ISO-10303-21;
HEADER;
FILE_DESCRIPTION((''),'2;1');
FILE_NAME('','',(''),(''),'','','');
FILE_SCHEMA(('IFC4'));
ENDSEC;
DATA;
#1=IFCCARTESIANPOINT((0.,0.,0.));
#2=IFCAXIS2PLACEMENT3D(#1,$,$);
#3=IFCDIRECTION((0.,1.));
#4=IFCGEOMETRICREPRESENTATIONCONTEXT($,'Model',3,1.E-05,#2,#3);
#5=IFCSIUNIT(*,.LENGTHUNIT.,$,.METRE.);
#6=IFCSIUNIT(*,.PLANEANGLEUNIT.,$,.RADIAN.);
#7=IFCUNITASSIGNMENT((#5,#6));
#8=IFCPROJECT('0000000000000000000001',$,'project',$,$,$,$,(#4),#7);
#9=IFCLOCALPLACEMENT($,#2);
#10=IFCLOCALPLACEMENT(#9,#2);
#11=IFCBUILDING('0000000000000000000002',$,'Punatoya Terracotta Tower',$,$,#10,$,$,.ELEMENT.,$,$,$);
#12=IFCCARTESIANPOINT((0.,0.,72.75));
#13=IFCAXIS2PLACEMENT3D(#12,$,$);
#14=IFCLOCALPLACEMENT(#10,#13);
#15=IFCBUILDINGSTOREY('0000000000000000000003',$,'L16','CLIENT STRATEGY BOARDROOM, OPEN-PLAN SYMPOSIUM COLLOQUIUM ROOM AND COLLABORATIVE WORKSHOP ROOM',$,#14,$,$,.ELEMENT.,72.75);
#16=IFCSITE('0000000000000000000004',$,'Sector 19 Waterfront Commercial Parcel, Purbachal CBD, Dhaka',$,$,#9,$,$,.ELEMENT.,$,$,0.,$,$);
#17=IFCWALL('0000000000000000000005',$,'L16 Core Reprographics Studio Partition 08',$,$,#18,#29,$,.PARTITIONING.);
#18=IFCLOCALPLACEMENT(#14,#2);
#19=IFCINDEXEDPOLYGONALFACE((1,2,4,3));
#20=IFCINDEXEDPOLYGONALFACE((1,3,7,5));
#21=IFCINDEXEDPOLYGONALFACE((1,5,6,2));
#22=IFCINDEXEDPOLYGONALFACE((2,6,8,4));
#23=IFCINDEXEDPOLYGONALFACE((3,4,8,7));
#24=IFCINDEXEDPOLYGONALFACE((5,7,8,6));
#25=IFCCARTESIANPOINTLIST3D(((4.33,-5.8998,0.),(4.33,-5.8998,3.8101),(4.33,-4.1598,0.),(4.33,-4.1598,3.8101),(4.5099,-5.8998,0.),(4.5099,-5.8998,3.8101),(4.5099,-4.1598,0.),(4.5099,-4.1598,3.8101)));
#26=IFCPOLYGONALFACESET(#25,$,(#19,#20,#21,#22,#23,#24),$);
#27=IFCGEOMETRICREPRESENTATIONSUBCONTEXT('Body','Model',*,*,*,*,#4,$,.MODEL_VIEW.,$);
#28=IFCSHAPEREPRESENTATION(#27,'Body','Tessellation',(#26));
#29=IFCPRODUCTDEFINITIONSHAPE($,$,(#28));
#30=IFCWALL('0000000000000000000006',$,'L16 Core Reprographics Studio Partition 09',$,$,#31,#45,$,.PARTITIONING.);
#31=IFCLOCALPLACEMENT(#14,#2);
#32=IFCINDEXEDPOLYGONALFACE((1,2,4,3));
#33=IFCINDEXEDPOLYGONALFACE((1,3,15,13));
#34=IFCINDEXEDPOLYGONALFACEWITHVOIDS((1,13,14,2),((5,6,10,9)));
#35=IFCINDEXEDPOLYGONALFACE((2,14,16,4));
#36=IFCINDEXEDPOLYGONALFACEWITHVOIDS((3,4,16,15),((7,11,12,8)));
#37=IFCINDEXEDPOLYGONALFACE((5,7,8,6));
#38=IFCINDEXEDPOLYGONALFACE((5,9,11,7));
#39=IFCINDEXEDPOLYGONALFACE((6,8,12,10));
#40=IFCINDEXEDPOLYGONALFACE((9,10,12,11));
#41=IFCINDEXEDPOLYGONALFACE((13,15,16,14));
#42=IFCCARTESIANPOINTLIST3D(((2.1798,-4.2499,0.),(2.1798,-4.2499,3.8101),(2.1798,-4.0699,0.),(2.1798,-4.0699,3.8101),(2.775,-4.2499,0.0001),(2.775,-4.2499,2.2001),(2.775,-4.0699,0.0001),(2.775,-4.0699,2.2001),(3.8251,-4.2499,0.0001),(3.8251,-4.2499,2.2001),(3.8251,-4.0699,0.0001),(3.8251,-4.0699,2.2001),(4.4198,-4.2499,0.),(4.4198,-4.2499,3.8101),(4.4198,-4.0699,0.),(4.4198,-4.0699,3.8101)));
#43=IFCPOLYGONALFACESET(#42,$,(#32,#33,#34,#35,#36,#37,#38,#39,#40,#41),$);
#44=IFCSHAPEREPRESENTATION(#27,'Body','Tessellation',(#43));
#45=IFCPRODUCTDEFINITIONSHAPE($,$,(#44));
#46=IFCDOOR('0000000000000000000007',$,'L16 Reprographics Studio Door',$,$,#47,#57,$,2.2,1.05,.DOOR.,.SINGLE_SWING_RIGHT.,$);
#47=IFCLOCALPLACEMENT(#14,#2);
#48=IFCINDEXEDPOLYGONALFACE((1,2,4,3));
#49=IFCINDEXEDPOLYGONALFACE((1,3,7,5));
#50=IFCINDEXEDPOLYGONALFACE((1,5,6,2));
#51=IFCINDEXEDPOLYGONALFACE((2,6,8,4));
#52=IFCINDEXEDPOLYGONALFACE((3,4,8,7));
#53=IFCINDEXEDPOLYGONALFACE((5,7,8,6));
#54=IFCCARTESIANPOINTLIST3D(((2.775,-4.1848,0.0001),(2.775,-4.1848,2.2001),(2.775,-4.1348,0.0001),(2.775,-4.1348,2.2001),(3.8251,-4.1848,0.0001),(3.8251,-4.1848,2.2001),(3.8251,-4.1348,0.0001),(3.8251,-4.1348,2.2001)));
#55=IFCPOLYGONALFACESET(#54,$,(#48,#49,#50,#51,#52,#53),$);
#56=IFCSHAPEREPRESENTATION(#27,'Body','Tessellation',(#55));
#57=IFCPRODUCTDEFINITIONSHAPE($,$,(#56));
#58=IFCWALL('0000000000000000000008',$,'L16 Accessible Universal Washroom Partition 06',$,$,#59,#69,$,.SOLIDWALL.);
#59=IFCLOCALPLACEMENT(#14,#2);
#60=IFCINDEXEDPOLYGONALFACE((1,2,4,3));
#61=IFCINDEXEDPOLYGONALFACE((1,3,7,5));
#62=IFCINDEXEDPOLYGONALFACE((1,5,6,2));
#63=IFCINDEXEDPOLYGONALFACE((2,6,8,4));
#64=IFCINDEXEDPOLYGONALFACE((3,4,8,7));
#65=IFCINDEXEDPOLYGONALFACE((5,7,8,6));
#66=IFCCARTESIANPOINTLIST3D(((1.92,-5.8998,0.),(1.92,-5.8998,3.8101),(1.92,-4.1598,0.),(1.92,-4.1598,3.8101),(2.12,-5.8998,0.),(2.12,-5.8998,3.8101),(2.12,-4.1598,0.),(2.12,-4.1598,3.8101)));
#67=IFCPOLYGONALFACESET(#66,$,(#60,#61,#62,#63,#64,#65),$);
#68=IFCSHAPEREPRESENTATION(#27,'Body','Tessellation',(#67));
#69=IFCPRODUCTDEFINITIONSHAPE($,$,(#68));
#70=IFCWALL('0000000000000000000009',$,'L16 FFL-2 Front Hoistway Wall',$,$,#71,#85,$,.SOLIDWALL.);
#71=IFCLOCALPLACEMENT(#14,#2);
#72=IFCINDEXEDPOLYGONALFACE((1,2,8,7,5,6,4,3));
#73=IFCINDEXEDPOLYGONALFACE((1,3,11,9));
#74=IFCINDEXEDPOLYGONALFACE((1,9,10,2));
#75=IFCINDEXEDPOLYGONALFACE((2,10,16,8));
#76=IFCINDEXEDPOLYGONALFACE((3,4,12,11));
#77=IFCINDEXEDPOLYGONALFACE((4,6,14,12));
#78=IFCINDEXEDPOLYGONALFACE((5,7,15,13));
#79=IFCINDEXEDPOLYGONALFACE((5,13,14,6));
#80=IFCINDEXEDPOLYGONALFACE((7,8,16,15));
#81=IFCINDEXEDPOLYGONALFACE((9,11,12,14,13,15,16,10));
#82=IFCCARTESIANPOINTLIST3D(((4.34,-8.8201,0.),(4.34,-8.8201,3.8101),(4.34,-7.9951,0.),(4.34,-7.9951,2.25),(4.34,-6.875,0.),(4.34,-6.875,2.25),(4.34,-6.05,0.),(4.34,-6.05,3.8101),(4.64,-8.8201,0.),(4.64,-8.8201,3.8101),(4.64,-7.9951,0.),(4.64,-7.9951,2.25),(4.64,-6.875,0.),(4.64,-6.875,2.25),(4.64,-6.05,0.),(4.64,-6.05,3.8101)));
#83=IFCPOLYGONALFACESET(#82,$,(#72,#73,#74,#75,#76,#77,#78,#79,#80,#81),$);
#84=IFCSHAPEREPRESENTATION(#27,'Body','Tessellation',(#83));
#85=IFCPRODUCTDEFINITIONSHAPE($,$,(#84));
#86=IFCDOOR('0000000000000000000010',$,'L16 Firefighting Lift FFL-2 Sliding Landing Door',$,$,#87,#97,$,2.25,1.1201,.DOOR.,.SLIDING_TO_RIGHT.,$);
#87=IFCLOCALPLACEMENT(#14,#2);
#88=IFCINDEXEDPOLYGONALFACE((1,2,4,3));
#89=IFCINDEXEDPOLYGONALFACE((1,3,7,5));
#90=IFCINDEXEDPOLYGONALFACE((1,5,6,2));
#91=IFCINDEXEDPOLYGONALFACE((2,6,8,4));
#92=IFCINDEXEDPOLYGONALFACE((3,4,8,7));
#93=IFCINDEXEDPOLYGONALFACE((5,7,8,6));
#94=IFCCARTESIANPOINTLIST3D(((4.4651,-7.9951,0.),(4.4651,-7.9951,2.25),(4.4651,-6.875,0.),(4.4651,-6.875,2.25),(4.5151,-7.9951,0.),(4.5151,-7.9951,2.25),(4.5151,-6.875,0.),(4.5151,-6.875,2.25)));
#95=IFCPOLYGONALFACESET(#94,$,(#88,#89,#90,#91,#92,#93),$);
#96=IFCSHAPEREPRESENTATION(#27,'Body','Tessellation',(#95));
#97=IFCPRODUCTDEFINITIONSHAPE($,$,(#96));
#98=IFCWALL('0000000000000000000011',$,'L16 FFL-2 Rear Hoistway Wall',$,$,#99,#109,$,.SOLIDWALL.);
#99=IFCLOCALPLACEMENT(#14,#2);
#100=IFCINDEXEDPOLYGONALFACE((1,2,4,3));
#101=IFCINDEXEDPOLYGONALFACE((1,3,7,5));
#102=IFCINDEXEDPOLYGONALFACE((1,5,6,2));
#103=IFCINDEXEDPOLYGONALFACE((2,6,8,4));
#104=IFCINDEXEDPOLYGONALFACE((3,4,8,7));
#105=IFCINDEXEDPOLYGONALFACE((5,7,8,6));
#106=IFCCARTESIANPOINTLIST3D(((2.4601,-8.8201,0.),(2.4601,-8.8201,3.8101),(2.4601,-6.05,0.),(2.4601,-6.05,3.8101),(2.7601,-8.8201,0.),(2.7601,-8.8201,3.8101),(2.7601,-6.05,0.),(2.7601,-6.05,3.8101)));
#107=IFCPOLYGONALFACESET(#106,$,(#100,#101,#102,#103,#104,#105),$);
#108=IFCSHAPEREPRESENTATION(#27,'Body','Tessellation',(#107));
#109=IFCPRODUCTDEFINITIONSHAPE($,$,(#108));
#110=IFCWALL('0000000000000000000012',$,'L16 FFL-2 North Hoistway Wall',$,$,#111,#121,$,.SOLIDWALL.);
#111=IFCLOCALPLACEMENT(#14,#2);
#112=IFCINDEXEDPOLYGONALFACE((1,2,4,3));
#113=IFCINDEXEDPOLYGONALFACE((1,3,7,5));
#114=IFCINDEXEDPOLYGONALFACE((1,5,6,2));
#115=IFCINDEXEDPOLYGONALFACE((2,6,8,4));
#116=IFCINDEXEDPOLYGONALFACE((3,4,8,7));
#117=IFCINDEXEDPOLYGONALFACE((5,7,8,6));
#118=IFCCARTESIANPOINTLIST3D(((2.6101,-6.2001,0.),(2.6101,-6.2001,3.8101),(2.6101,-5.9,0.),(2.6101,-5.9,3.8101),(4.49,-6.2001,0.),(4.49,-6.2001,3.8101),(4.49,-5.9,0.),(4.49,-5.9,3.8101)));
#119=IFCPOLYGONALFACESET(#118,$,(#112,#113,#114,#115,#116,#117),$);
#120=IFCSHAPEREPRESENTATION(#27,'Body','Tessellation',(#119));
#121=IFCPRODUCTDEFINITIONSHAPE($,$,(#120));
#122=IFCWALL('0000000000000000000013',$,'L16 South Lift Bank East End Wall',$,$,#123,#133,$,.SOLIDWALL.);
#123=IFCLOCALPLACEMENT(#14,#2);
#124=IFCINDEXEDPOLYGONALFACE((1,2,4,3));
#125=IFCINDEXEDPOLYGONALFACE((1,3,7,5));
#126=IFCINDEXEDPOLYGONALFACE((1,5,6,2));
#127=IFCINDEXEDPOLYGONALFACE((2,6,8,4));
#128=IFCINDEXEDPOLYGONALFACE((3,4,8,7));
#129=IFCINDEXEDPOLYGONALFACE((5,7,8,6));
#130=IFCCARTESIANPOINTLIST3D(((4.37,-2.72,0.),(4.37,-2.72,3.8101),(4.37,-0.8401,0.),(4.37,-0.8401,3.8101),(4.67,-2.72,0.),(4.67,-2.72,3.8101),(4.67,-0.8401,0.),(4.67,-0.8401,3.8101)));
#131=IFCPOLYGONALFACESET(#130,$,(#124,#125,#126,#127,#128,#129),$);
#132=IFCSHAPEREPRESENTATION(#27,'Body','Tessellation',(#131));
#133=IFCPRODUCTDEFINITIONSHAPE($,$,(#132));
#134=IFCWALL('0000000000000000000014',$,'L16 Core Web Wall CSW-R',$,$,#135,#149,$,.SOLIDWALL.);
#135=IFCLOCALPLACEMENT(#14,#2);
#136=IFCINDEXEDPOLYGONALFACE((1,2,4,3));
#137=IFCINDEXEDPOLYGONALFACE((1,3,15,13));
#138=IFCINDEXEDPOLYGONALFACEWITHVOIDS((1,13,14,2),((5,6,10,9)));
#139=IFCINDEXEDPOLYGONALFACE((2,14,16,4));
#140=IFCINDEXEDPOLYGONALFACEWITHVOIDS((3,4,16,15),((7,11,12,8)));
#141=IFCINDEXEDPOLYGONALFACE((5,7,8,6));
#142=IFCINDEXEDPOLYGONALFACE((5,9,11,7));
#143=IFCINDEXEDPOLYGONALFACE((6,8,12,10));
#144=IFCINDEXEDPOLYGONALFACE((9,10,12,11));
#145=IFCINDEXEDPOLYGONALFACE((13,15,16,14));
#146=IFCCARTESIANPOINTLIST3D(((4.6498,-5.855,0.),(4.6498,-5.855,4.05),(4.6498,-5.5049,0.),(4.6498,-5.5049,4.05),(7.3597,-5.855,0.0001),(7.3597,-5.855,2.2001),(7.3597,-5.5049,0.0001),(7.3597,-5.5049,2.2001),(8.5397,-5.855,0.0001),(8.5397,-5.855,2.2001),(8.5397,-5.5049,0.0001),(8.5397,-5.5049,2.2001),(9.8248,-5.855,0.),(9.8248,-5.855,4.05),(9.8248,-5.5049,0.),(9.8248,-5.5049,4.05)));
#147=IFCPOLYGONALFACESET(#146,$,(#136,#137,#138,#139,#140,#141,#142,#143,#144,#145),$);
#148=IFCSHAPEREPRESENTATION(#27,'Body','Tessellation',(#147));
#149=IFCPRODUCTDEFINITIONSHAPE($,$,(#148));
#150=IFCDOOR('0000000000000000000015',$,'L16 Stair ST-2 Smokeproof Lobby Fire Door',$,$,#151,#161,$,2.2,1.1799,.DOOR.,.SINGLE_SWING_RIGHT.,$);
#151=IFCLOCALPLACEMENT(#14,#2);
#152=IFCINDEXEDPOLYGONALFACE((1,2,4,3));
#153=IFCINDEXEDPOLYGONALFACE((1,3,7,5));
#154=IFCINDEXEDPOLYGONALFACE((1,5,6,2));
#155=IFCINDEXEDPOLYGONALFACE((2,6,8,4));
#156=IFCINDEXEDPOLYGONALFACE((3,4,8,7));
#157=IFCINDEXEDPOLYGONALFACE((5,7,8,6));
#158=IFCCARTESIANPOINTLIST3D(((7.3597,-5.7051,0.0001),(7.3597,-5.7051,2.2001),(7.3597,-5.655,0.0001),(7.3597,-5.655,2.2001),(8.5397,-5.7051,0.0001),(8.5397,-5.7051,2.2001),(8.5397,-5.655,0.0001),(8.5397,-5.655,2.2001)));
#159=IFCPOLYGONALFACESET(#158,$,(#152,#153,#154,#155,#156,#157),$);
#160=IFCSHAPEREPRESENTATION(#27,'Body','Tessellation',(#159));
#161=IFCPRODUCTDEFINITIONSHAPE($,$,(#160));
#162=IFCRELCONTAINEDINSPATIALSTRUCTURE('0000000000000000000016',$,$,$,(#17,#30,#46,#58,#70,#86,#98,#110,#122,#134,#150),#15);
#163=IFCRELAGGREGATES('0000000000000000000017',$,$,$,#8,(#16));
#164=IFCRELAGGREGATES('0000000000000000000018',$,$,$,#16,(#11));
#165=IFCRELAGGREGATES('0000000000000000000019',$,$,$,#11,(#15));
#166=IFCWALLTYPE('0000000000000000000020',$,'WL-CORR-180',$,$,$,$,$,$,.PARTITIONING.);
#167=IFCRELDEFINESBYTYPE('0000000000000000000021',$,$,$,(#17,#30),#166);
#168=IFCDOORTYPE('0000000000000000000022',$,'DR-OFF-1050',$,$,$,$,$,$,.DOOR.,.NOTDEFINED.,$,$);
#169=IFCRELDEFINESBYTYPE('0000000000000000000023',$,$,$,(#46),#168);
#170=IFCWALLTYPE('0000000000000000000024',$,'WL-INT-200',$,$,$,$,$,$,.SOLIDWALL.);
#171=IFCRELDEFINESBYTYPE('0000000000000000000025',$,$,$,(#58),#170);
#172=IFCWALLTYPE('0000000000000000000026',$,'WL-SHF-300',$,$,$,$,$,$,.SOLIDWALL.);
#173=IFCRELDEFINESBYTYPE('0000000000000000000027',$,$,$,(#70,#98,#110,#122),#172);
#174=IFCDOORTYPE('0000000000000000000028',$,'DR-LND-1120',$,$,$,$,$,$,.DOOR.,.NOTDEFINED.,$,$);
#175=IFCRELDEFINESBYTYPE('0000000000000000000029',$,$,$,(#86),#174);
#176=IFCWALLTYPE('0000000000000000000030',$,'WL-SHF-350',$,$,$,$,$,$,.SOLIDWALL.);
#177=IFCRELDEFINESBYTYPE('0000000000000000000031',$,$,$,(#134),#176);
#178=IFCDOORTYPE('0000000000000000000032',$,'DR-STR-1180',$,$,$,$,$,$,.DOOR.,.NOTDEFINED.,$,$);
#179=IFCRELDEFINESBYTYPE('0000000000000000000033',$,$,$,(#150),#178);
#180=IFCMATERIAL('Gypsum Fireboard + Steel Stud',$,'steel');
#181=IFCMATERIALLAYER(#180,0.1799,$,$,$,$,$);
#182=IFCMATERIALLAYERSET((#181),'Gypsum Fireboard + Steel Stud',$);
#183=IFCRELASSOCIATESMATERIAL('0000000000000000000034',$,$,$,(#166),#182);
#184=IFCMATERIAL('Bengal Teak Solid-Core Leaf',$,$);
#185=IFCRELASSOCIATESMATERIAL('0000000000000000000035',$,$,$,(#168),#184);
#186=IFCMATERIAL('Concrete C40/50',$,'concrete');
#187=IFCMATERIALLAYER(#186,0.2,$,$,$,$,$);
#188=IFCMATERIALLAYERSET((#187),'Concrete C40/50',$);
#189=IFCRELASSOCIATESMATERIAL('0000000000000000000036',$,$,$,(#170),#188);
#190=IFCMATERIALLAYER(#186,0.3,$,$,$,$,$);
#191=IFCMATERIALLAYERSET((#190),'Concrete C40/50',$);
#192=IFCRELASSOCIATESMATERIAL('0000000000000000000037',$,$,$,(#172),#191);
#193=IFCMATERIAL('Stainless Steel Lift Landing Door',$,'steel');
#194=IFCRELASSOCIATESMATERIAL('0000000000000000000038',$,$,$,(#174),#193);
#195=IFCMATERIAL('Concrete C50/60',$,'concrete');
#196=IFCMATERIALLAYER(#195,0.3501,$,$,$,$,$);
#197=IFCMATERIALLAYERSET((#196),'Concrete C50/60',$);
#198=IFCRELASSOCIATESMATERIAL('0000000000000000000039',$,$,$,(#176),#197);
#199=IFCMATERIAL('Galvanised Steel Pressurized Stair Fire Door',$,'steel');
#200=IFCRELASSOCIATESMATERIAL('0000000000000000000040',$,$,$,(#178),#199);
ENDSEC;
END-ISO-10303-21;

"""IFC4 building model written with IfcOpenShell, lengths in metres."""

from ifc_helpers import new_model, si_unit, direction, frame, frame_2d, origin, place, context, subcontext, project, spatial, rectangle, extrude, material, layer, layer_set, type_object, element, fill, save


model = new_model("IFC4")

# Units and contexts
model_context = context("Model", 3, precision=1e-05, world=origin(), true_north=direction((0.0, 1.0)))
body_context = subcontext(model_context, "Body", "Model", "MODEL_VIEW")
ifc_project = project(units=[si_unit("LENGTHUNIT", "METRE"), si_unit("PLANEANGLEUNIT", "RADIAN")], contexts=[model_context])

# Site, building, storey
site_placement = place(None, origin())
site = spatial("IfcSite", under=ifc_project, at=site_placement, Name="Sector 19 Waterfront Commercial Parcel, Purbachal CBD, Dhaka", CompositionType="ELEMENT", RefElevation=0.0)
building_placement = place(site_placement, origin())
building = spatial("IfcBuilding", under=site, at=building_placement, Name="Punatoya Terracotta Tower", CompositionType="ELEMENT")
storey_placement = place(building_placement, frame((0.0, 0.0, 72.75)))
storey = spatial("IfcBuildingStorey", under=building, at=storey_placement, Name="L16", Description="CLIENT STRATEGY BOARDROOM, OPEN-PLAN SYMPOSIUM COLLOQUIUM ROOM AND COLLABORATIVE WORKSHOP ROOM", CompositionType="ELEMENT", Elevation=72.75)

# Wall
ifc_material_1 = material(Name="Gypsum Fireboard + Steel Stud", Category="steel")
ifc_layer_1 = layer(ifc_material_1, 0.1799)
ifc_layer_set_1 = layer_set([ifc_layer_1], Name="Gypsum Fireboard + Steel Stud")
wall_type_1 = type_object("IfcWallType", Name="WL-CORR-180", PredefinedType="PARTITIONING", material=ifc_layer_set_1)
wall_1_placement = place(storey_placement, frame((4.4199, -5.8999, 0.0), z_axis=(0.0, 0.0, 1.0), x_axis=(0.0, 1.0, 0.0)))
element("IfcWall", 1, at=wall_1_placement, inside=storey, type_object=wall_type_1, Name="L16 Core Reprographics Studio Partition 08", PredefinedType="PARTITIONING", context=body_context, shape_type="SweptSolid", body=[
    extrude(rectangle(XDim=1.74, YDim=0.1799, at=frame_2d((0.8701, 0.0))), origin(), (0.0, 0.0, 1.0), 3.8101),
])

# Wall, opening, door
wall_2_placement = place(storey_placement, frame((4.4199, -4.1599, 0.0), z_axis=(0.0, 0.0, 1.0), x_axis=(-1.0, 0.0, 0.0)))
wall_2 = element("IfcWall", 2, at=wall_2_placement, inside=storey, type_object=wall_type_1, Name="L16 Core Reprographics Studio Partition 09", PredefinedType="PARTITIONING", context=body_context, shape_type="SweptSolid", body=[
    extrude(rectangle(XDim=2.24, YDim=0.1799, at=frame_2d((1.1201, 0.0))), origin(), (0.0, 0.0, 1.0), 3.8101),
])
opening_1_placement = place(wall_2_placement, frame((0.595, 0.0, 0.0)))
opening_1 = element("IfcOpeningElement", 3, at=opening_1_placement, cuts=wall_2, PredefinedType="OPENING", context=body_context, shape_type="SweptSolid", body=[
    extrude(rectangle(XDim=1.05, YDim=2.2, at=frame_2d((0.5249, 1.1001))), frame((0.0, 0.0999, 0.0), z_axis=(0.0, -1.0, 0.0), x_axis=(1.0, 0.0, 0.0)), (0.0, 0.0, 1.0), 0.2),
])
ifc_material_2 = material(Name="Bengal Teak Solid-Core Leaf")
door_type_1 = type_object("IfcDoorType", Name="DR-OFF-1050", OperationType="NOTDEFINED", PredefinedType="DOOR", material=ifc_material_2)
door_1_placement = place(opening_1_placement, origin())
door_1 = element("IfcDoor", 4, at=door_1_placement, inside=storey, type_object=door_type_1, Name="L16 Reprographics Studio Door", OperationType="SINGLE_SWING_RIGHT", OverallHeight=2.2, OverallWidth=1.05, PredefinedType="DOOR", context=body_context, shape_type="SweptSolid", body=[
    extrude(rectangle(XDim=1.05, YDim=2.2, at=frame_2d((0.5249, 1.1001))), frame((0.0, 0.0249, 0.0), z_axis=(0.0, -1.0, 0.0), x_axis=(1.0, 0.0, 0.0)), (0.0, 0.0, 1.0), 0.05),
])
fill(opening_1, door_1)

# Wall
ifc_material_3 = material(Name="Concrete C40/50", Category="concrete")
ifc_layer_2 = layer(ifc_material_3, 0.2)
ifc_layer_set_2 = layer_set([ifc_layer_2], Name="Concrete C40/50")
wall_type_2 = type_object("IfcWallType", Name="WL-INT-200", PredefinedType="SOLIDWALL", material=ifc_layer_set_2)
wall_3_placement = place(storey_placement, frame((2.02, -5.8999, 0.0), z_axis=(0.0, 0.0, 1.0), x_axis=(0.0, 1.0, 0.0)))
element("IfcWall", 5, at=wall_3_placement, inside=storey, type_object=wall_type_2, Name="L16 Accessible Universal Washroom Partition 06", PredefinedType="SOLIDWALL", context=body_context, shape_type="SweptSolid", body=[
    extrude(rectangle(XDim=1.74, YDim=0.2, at=frame_2d((0.8701, 0.0))), origin(), (0.0, 0.0, 1.0), 3.8101),
])

# Wall, opening, door
ifc_layer_3 = layer(ifc_material_3, 0.3)
ifc_layer_set_3 = layer_set([ifc_layer_3], Name="Concrete C40/50")
wall_type_3 = type_object("IfcWallType", Name="WL-SHF-300", PredefinedType="SOLIDWALL", material=ifc_layer_set_3)
wall_4_placement = place(storey_placement, frame((4.49, -8.8201, 0.0), z_axis=(0.0, 0.0, 1.0), x_axis=(0.0, 1.0, 0.0)))
wall_4 = element("IfcWall", 6, at=wall_4_placement, inside=storey, type_object=wall_type_3, Name="L16 FFL-2 Front Hoistway Wall", PredefinedType="SOLIDWALL", context=body_context, shape_type="SweptSolid", body=[
    extrude(rectangle(XDim=2.77, YDim=0.3, at=frame_2d((1.385, 0.0))), origin(), (0.0, 0.0, 1.0), 3.8101),
])
opening_2_placement = place(wall_4_placement, frame((0.825, 0.0, 0.0)))
opening_2 = element("IfcOpeningElement", 7, at=opening_2_placement, cuts=wall_4, PredefinedType="OPENING", context=body_context, shape_type="SweptSolid", body=[
    extrude(rectangle(XDim=1.1201, YDim=2.25, at=frame_2d((0.5601, 1.125))), frame((0.0, 0.1599, 0.0), z_axis=(0.0, -1.0, 0.0), x_axis=(1.0, 0.0, 0.0)), (0.0, 0.0, 1.0), 0.3201),
])
ifc_material_4 = material(Name="Stainless Steel Lift Landing Door", Category="steel")
door_type_2 = type_object("IfcDoorType", Name="DR-LND-1120", OperationType="NOTDEFINED", PredefinedType="DOOR", material=ifc_material_4)
door_2_placement = place(opening_2_placement, origin())
door_2 = element("IfcDoor", 8, at=door_2_placement, inside=storey, type_object=door_type_2, Name="L16 Firefighting Lift FFL-2 Sliding Landing Door", OperationType="SLIDING_TO_RIGHT", OverallHeight=2.25, OverallWidth=1.1201, PredefinedType="DOOR", context=body_context, shape_type="SweptSolid", body=[
    extrude(rectangle(XDim=1.1201, YDim=2.25, at=frame_2d((0.5601, 1.125))), frame((0.0, 0.0249, 0.0), z_axis=(0.0, -1.0, 0.0), x_axis=(1.0, 0.0, 0.0)), (0.0, 0.0, 1.0), 0.05),
])
fill(opening_2, door_2)

# Walls
wall_5_placement = place(storey_placement, frame((2.6101, -8.8201, 0.0), z_axis=(0.0, 0.0, 1.0), x_axis=(0.0, 1.0, 0.0)))
element("IfcWall", 9, at=wall_5_placement, inside=storey, type_object=wall_type_3, Name="L16 FFL-2 Rear Hoistway Wall", PredefinedType="SOLIDWALL", context=body_context, shape_type="SweptSolid", body=[
    extrude(rectangle(XDim=2.77, YDim=0.3, at=frame_2d((1.385, 0.0))), origin(), (0.0, 0.0, 1.0), 3.8101),
])
for number, where, z_axis, x_axis, name in (
    (10, (2.6101, -6.05, 0.0), (0.0, 0.0, 1.0), (1.0, 0.0, 0.0), "L16 FFL-2 North Hoistway Wall"),
    (11, (4.52, -2.72, 0.0), (0.0, 0.0, 1.0), (0.0, 1.0, 0.0), "L16 South Lift Bank East End Wall"),
):
    element("IfcWall", number, at=place(storey_placement, frame(where, z_axis=z_axis, x_axis=x_axis)), inside=storey, type_object=wall_type_3, Name=name, PredefinedType="SOLIDWALL", context=body_context, shape_type="SweptSolid", body=[
        extrude(rectangle(XDim=1.8799, YDim=0.3, at=frame_2d((0.9399, 0.0))), origin(), (0.0, 0.0, 1.0), 3.8101),
    ])

# Wall, opening, door
ifc_material_5 = material(Name="Concrete C50/60", Category="concrete")
ifc_layer_4 = layer(ifc_material_5, 0.3501)
ifc_layer_set_4 = layer_set([ifc_layer_4], Name="Concrete C50/60")
wall_type_4 = type_object("IfcWallType", Name="WL-SHF-350", PredefinedType="SOLIDWALL", material=ifc_layer_set_4)
wall_6_placement = place(storey_placement, frame((4.6499, -5.6799, 0.0), z_axis=(0.0, 0.0, 1.0), x_axis=(1.0, 0.0, 0.0)))
wall_6 = element("IfcWall", 12, at=wall_6_placement, inside=storey, type_object=wall_type_4, Name="L16 Core Web Wall CSW-R", PredefinedType="SOLIDWALL", context=body_context, shape_type="SweptSolid", body=[
    extrude(rectangle(XDim=5.175, YDim=0.3501, at=frame_2d((2.5874, 0.0))), origin(), (0.0, 0.0, 1.0), 4.05),
])
opening_3_placement = place(wall_6_placement, frame((2.71, 0.0, 0.0)))
opening_3 = element("IfcOpeningElement", 13, at=opening_3_placement, cuts=wall_6, PredefinedType="OPENING", context=body_context, shape_type="SweptSolid", body=[
    extrude(rectangle(XDim=1.1799, YDim=2.2, at=frame_2d((0.5898, 1.1001))), frame((0.0, 0.1851, 0.0), z_axis=(0.0, -1.0, 0.0), x_axis=(1.0, 0.0, 0.0)), (0.0, 0.0, 1.0), 0.3701),
])
ifc_material_6 = material(Name="Galvanised Steel Pressurized Stair Fire Door", Category="steel")
door_type_3 = type_object("IfcDoorType", Name="DR-STR-1180", OperationType="NOTDEFINED", PredefinedType="DOOR", material=ifc_material_6)
door_3_placement = place(opening_3_placement, origin())
door_3 = element("IfcDoor", 14, at=door_3_placement, inside=storey, type_object=door_type_3, Name="L16 Stair ST-2 Smokeproof Lobby Fire Door", OperationType="SINGLE_SWING_RIGHT", OverallHeight=2.2, OverallWidth=1.1799, PredefinedType="DOOR", context=body_context, shape_type="SweptSolid", body=[
    extrude(rectangle(XDim=1.1799, YDim=2.2, at=frame_2d((0.5898, 1.1001))), frame((0.0, 0.0249, 0.0), z_axis=(0.0, -1.0, 0.0), x_axis=(1.0, 0.0, 0.0)), (0.0, 0.0, 1.0), 0.05),
])
fill(opening_3, door_3)

save(model, "model.ifc")
